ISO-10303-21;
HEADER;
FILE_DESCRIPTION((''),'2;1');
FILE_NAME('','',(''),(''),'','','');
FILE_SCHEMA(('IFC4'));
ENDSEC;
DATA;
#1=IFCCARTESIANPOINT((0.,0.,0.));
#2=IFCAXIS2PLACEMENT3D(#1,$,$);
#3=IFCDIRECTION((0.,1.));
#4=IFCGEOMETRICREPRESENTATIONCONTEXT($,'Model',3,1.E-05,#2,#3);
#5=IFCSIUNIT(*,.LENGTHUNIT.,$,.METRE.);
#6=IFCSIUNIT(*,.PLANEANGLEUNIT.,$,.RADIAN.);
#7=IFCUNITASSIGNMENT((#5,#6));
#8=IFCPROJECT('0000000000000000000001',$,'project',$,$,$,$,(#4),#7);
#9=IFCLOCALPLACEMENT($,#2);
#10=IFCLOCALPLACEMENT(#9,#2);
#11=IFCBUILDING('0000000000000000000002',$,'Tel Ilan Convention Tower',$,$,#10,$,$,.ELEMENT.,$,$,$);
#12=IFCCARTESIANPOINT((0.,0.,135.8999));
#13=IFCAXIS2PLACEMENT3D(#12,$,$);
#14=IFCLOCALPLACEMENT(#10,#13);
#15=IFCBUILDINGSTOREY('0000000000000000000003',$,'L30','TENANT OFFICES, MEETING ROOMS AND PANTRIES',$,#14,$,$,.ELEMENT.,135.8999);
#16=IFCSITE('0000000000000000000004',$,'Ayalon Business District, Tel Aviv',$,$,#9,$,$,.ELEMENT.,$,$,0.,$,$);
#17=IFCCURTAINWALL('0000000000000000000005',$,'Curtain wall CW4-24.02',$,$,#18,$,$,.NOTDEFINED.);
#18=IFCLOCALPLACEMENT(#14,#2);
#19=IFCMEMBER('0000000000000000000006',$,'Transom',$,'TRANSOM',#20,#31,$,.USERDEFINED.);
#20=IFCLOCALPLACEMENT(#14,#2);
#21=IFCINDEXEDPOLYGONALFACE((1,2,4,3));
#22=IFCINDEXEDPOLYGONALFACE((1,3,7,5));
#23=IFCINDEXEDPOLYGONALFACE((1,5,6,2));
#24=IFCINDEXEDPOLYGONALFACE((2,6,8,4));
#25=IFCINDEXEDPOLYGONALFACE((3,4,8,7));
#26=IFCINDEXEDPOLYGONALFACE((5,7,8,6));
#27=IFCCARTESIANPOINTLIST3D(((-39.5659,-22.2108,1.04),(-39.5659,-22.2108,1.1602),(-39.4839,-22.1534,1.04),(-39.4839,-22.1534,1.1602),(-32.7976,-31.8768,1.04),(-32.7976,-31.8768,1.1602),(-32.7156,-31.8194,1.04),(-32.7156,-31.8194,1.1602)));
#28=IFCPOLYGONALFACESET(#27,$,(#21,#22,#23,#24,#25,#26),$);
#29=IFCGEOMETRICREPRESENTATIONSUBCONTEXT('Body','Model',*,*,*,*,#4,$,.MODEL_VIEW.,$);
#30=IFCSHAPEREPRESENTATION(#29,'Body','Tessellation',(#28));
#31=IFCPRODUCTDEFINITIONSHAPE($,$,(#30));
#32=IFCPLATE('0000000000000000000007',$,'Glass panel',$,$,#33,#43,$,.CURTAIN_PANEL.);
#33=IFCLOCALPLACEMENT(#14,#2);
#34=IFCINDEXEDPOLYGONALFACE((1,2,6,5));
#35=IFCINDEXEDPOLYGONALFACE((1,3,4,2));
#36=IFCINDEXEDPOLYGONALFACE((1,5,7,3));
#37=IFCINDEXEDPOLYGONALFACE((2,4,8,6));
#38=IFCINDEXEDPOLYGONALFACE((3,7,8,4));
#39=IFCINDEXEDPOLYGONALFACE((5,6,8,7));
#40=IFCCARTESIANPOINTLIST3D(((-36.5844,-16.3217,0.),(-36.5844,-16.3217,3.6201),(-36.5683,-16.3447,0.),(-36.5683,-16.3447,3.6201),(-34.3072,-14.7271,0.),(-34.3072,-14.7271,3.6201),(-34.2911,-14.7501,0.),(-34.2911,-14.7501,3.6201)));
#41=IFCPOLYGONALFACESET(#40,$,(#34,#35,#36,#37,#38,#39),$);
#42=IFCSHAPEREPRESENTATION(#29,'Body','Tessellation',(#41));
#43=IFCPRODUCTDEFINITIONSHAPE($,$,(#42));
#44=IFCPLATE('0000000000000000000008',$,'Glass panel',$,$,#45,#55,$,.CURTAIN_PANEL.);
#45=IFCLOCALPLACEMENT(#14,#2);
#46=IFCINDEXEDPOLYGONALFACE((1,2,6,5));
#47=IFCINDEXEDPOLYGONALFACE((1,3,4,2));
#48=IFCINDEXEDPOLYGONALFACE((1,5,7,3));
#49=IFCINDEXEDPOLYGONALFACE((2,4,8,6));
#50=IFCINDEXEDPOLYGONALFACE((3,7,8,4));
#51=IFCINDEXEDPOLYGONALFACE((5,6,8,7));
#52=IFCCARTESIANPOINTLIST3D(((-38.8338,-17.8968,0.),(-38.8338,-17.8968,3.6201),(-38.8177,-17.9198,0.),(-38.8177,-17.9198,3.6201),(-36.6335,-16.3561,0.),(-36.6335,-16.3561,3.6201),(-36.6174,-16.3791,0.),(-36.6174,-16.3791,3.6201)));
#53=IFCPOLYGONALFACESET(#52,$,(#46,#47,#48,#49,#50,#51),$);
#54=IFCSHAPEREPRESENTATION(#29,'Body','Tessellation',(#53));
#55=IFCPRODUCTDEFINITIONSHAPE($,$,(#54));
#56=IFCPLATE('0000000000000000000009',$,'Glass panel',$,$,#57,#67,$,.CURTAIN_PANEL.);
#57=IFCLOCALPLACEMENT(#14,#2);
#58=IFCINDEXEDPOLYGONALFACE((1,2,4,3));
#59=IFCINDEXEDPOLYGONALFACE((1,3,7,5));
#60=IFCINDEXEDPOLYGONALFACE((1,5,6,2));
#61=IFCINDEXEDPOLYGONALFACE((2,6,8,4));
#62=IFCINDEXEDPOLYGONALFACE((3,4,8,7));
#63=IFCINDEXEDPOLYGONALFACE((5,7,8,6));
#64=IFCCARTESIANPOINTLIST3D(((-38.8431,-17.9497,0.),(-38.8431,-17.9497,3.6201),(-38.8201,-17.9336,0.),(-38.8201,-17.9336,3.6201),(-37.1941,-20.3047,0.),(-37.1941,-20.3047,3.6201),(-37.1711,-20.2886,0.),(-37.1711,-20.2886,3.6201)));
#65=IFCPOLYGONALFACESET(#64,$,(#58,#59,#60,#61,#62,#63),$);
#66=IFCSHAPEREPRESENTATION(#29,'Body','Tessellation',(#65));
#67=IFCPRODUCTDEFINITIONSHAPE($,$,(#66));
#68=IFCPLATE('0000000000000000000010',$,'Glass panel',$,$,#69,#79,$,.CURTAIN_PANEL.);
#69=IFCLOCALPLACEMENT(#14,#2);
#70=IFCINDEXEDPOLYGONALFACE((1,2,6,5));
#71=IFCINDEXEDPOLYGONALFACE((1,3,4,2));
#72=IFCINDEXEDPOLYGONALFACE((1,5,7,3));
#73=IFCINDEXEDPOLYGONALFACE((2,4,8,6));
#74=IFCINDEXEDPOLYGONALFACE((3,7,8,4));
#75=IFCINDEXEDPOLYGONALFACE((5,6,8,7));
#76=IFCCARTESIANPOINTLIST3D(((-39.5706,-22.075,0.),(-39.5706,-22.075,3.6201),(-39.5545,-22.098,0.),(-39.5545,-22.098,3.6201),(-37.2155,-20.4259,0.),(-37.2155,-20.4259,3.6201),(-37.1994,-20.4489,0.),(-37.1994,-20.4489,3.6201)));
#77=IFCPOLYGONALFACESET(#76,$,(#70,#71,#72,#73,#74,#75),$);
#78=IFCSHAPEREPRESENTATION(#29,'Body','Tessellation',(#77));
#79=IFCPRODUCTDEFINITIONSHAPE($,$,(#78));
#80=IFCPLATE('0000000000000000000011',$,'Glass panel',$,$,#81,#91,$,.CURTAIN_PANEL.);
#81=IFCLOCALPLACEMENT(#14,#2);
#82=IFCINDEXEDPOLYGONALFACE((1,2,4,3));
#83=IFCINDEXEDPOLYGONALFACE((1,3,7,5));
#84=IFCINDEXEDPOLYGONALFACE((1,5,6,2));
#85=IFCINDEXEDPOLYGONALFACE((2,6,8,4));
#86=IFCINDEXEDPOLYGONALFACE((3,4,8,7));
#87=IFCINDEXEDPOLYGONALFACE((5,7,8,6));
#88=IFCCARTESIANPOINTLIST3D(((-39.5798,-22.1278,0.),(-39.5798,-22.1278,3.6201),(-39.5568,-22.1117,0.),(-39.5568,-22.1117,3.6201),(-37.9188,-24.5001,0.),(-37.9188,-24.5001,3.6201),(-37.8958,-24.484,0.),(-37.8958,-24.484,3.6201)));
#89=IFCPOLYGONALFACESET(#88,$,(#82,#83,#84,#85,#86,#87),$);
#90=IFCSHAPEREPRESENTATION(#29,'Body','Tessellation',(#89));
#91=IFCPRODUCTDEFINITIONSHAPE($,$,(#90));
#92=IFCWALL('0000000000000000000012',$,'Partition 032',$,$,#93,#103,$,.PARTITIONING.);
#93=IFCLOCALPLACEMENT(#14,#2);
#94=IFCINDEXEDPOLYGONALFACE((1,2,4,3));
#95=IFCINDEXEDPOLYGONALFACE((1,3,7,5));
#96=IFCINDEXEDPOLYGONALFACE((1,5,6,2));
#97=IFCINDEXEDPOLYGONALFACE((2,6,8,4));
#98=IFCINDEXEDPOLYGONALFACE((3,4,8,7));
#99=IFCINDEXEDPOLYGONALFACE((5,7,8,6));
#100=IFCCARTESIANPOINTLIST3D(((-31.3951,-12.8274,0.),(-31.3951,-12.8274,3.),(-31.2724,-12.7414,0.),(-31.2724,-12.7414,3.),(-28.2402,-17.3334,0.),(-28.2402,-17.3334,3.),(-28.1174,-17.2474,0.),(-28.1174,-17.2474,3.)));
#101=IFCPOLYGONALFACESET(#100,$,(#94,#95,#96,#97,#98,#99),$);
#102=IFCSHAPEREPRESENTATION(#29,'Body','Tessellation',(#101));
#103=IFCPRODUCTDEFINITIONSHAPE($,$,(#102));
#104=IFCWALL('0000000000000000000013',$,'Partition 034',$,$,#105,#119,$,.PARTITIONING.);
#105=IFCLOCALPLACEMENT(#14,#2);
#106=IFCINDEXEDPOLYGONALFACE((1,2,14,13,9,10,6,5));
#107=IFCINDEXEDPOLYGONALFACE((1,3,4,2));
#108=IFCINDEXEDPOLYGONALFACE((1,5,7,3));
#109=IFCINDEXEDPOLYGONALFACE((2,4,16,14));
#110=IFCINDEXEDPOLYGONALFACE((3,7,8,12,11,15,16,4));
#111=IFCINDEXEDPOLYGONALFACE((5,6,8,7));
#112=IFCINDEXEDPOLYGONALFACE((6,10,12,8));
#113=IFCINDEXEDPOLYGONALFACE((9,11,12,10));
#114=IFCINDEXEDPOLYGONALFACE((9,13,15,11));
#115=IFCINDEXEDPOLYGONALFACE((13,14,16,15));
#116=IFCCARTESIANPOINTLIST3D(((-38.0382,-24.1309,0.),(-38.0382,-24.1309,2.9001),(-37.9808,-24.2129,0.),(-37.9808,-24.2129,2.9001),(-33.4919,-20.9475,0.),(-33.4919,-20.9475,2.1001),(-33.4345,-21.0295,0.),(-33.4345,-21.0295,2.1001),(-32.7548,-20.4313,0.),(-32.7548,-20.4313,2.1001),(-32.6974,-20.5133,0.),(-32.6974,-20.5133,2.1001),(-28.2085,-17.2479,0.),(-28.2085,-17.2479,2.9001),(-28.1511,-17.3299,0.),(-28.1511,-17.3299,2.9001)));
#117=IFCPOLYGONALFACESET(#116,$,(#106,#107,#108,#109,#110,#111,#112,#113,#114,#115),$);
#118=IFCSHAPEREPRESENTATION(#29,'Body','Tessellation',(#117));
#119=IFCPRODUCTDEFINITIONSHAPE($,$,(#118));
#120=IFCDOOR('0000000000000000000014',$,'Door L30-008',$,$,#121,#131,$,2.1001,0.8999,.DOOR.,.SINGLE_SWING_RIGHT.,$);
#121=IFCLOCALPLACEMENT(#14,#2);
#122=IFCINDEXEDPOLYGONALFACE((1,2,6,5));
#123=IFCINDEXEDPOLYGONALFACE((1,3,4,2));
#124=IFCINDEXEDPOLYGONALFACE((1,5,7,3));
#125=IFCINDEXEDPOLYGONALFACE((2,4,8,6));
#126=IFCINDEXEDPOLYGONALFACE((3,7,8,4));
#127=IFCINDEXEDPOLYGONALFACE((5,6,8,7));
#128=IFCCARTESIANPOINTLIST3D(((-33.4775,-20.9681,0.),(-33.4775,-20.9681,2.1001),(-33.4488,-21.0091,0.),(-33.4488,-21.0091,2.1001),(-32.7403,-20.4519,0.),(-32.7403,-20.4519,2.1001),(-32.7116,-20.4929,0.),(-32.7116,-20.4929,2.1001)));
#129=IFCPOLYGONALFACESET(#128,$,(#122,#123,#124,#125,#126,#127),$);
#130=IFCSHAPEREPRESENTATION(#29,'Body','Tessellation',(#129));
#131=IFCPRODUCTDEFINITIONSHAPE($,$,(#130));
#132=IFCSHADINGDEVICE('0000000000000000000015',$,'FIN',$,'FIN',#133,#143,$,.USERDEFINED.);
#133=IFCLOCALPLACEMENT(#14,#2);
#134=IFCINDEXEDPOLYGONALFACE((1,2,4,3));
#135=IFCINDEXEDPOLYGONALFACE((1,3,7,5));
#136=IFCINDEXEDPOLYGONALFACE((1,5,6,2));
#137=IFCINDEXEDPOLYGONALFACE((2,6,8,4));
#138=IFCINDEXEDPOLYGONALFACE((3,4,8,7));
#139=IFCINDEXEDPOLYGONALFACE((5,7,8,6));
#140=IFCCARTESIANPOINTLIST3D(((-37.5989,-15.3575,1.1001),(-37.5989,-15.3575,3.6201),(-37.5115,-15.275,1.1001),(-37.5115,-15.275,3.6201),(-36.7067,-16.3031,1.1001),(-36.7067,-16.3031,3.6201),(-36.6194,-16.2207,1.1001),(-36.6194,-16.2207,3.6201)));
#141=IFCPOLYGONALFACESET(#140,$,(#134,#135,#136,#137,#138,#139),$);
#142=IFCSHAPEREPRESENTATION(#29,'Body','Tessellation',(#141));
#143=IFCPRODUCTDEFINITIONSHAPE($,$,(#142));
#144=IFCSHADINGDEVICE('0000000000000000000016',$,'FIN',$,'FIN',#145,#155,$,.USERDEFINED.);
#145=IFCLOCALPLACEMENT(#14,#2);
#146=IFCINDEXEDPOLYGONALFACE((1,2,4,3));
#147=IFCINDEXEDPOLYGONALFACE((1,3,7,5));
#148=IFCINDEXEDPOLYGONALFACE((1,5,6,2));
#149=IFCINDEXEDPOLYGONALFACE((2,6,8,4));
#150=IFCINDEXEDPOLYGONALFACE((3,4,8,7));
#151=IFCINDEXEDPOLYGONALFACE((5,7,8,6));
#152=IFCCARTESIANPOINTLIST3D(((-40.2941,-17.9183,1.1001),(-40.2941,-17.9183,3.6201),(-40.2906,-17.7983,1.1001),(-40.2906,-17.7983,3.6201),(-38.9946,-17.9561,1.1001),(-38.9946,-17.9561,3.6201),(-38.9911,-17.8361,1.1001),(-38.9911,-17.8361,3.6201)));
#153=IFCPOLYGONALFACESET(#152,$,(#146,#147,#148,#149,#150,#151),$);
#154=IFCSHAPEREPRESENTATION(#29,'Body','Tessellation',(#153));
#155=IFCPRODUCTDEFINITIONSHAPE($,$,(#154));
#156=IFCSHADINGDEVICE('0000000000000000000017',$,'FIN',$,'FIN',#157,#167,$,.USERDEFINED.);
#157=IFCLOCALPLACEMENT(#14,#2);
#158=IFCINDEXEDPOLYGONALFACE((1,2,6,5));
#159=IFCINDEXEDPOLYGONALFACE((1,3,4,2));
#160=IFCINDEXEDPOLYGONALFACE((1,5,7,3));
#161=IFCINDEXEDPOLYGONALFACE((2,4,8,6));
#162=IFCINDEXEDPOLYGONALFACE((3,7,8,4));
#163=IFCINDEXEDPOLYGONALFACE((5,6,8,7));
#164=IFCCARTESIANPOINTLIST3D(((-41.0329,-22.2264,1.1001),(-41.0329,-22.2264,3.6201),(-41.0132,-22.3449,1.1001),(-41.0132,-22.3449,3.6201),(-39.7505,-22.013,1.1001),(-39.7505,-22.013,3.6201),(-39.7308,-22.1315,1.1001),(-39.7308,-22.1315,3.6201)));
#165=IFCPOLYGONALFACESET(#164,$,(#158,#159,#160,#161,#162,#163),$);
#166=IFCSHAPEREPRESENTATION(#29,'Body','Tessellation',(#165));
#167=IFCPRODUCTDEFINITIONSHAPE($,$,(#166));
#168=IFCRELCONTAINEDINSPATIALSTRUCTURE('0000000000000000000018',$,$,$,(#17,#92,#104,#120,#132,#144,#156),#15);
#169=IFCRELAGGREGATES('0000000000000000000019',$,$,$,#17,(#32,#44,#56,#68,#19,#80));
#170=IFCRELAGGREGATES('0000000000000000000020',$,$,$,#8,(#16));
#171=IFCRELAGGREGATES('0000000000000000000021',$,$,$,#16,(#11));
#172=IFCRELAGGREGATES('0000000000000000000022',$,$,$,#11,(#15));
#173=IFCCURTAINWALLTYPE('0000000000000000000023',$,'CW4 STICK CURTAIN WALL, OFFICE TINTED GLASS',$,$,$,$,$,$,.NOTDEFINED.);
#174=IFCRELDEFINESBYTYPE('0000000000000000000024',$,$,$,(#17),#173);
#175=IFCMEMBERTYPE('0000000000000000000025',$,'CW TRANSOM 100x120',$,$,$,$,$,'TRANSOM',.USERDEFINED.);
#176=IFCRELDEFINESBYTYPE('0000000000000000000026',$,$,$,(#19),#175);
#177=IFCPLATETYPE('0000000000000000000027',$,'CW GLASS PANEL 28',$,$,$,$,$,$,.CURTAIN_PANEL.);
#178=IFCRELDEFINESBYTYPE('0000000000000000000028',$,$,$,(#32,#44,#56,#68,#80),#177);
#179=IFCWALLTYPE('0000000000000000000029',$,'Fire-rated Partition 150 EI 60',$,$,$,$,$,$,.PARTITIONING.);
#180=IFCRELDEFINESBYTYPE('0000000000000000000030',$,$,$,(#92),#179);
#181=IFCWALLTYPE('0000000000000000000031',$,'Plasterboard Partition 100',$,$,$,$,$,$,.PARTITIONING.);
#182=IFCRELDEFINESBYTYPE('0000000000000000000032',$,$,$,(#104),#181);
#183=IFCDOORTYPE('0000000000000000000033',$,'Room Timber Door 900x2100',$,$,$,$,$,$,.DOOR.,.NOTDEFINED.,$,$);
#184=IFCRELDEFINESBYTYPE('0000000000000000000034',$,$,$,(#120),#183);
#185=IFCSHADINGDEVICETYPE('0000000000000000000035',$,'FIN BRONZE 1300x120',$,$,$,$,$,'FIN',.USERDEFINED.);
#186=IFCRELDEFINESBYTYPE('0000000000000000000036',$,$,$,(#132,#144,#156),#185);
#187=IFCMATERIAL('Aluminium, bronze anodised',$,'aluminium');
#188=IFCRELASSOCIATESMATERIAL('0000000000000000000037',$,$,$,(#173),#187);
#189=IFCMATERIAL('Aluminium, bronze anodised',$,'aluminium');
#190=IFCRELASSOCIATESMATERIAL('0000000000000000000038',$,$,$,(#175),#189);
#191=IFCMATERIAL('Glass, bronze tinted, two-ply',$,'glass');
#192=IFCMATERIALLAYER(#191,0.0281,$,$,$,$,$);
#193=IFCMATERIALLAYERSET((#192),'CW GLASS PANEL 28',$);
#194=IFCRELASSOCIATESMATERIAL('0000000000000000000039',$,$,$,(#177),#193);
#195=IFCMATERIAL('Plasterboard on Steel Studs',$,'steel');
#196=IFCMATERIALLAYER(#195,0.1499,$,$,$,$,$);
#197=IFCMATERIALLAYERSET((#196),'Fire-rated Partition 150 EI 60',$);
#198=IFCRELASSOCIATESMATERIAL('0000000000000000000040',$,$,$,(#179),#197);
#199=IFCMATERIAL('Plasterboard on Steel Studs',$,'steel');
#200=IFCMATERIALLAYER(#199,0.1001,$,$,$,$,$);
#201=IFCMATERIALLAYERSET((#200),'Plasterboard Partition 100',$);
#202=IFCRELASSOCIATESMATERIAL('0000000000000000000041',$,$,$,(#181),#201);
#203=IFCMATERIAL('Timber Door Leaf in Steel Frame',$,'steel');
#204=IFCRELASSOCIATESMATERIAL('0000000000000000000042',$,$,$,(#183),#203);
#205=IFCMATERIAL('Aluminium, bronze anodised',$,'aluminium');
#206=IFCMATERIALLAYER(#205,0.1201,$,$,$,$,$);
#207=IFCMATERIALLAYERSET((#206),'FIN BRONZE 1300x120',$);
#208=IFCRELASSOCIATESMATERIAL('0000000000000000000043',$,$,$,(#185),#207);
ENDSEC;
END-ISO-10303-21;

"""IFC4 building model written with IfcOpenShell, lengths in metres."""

from ifc_helpers import new_model, si_unit, direction, frame, frame_2d, origin, origin_2d, place, context, subcontext, project, spatial, rectangle, extrude, material, layer, layer_set, material_profile, profile_set, type_object, element, fill, aggregate, save


model = new_model("IFC4")

# Units and contexts
model_context = context("Model", 3, precision=1e-05, world=origin(), true_north=direction((0.0, 1.0)))
body_context = subcontext(model_context, "Body", "Model", "MODEL_VIEW")
ifc_project = project(units=[si_unit("LENGTHUNIT", "METRE"), si_unit("PLANEANGLEUNIT", "RADIAN")], contexts=[model_context])

# Site, building, storey
site_placement = place(None, origin())
site = spatial("IfcSite", under=ifc_project, at=site_placement, Name="Ayalon Business District, Tel Aviv", CompositionType="ELEMENT", RefElevation=0.0)
building_placement = place(site_placement, origin())
building = spatial("IfcBuilding", under=site, at=building_placement, Name="Tel Ilan Convention Tower", CompositionType="ELEMENT")
storey_placement = place(building_placement, frame((0.0, 0.0, 135.8999)))
storey = spatial("IfcBuildingStorey", under=building, at=storey_placement, Name="L30", Description="TENANT OFFICES, MEETING ROOMS AND PANTRIES", CompositionType="ELEMENT", Elevation=135.8999)

# Curtain wall, member, plates
ifc_material_1 = material(Name="Aluminium, bronze anodised", Category="aluminium")
curtain_wall_type = type_object("IfcCurtainWallType", Name="CW4 STICK CURTAIN WALL, OFFICE TINTED GLASS", PredefinedType="NOTDEFINED", material=ifc_material_1)
curtain_wall_placement = place(storey_placement, origin())
curtain_wall = element("IfcCurtainWall", 1, at=curtain_wall_placement, inside=storey, type_object=curtain_wall_type, Name="Curtain wall CW4-24.02", PredefinedType="NOTDEFINED")
ifc_material_2 = material(Name="Aluminium, bronze anodised", Category="aluminium")
ifc_material_profile_1 = material_profile(ifc_material_2, rectangle(XDim=0.1001, YDim=0.1201, at=origin_2d()), Name="CW TRANSOM 100x120")
ifc_profile_set_1 = profile_set([ifc_material_profile_1], Name="Aluminium, bronze anodised")
member_type_1 = type_object("IfcMemberType", Name="CW TRANSOM 100x120", ElementType="TRANSOM", PredefinedType="USERDEFINED", material=ifc_profile_set_1)
member_1_placement = place(storey_placement, frame((-39.5249, -22.1821, 1.1001), z_axis=(0.573582, -0.819148, 0.0), x_axis=(0.819148, 0.573582, 0.0)))
member_1 = element("IfcMember", 2, at=member_1_placement, type_object=member_type_1, Name="Transom", ObjectType="TRANSOM", PredefinedType="USERDEFINED", context=body_context, shape_type="SweptSolid", body=[
    extrude(rectangle(XDim=0.1001, YDim=0.1201, at=origin_2d()), origin(), (0.0, 0.0, 1.0), 11.8),
])
ifc_material_3 = material(Name="Glass, bronze tinted, two-ply", Category="glass")
ifc_layer_1 = layer(ifc_material_3, 0.0281)
ifc_layer_set_1 = layer_set([ifc_layer_1], Name="CW GLASS PANEL 28")
plate_type = type_object("IfcPlateType", Name="CW GLASS PANEL 28", PredefinedType="CURTAIN_PANEL", material=ifc_layer_set_1)
plate_1_placement = place(storey_placement, frame((-35.4377, -15.5359, 0.0), z_axis=(0.0, 0.0, 1.0), x_axis=(-0.819152, -0.573576, 0.0)))
plate_1 = element("IfcPlate", 3, at=plate_1_placement, type_object=plate_type, Name="Glass panel", PredefinedType="CURTAIN_PANEL", context=body_context, shape_type="SweptSolid", body=[
    extrude(rectangle(XDim=2.78, YDim=0.0281, at=origin_2d()), origin(), (0.0, 0.0, 1.0), 3.6201),
])
plate_2_placement = place(storey_placement, frame((-37.7256, -17.1379, 0.0), z_axis=(0.0, 0.0, 1.0), x_axis=(-0.819152, -0.573576, 0.0)))
plate_2 = element("IfcPlate", 4, at=plate_2_placement, type_object=plate_type, Name="Glass panel", PredefinedType="CURTAIN_PANEL", context=body_context, shape_type="SweptSolid", body=[
    extrude(rectangle(XDim=2.686, YDim=0.0281, at=origin_2d()), origin(), (0.0, 0.0, 1.0), 3.6201),
])
plate_3_placement = place(storey_placement, frame((-38.0071, -19.1191, 0.0), z_axis=(0.0, 0.0, 1.0), x_axis=(0.573576, -0.819152, 0.0)))
plate_3 = element("IfcPlate", 5, at=plate_3_placement, type_object=plate_type, Name="Glass panel", PredefinedType="CURTAIN_PANEL", context=body_context, shape_type="SweptSolid", body=[
    extrude(rectangle(XDim=2.875, YDim=0.0281, at=origin_2d()), origin(), (0.0, 0.0, 1.0), 3.6201),
])
plate_4_placement = place(storey_placement, frame((-38.385, -21.262, 0.0), z_axis=(0.0, 0.0, 1.0), x_axis=(-0.819152, -0.573576, 0.0)))
plate_4 = element("IfcPlate", 6, at=plate_4_placement, type_object=plate_type, Name="Glass panel", PredefinedType="CURTAIN_PANEL", context=body_context, shape_type="SweptSolid", body=[
    extrude(rectangle(XDim=2.875, YDim=0.0281, at=origin_2d()), origin(), (0.0, 0.0, 1.0), 3.6201),
])
plate_5_placement = place(storey_placement, frame((-38.7378, -23.3059, 0.0), z_axis=(0.0, 0.0, 1.0), x_axis=(0.573576, -0.819152, 0.0)))
plate_5 = element("IfcPlate", 7, at=plate_5_placement, type_object=plate_type, Name="Glass panel", PredefinedType="CURTAIN_PANEL", context=body_context, shape_type="SweptSolid", body=[
    extrude(rectangle(XDim=2.896, YDim=0.0281, at=origin_2d()), origin(), (0.0, 0.0, 1.0), 3.6201),
])
aggregate(curtain_wall, [plate_1, plate_2, plate_3, plate_4, member_1, plate_5])

# Wall
ifc_material_4 = material(Name="Plasterboard on Steel Studs", Category="steel")
ifc_layer_2 = layer(ifc_material_4, 0.1499)
ifc_layer_set_2 = layer_set([ifc_layer_2], Name="Fire-rated Partition 150 EI 60")
wall_type_1 = type_object("IfcWallType", Name="Fire-rated Partition 150 EI 60", PredefinedType="PARTITIONING", material=ifc_layer_set_2)
wall_1_placement = place(storey_placement, frame((-28.1787, -17.2905, 0.0), z_axis=(0.0, 0.0, 1.0), x_axis=(-0.573555, 0.819167, 0.0)))
element("IfcWall", 8, at=wall_1_placement, inside=storey, type_object=wall_type_1, Name="Partition 032", PredefinedType="PARTITIONING", context=body_context, shape_type="SweptSolid", body=[
    extrude(rectangle(XDim=5.5007, YDim=0.1499, at=frame_2d((2.7505, 0.0))), origin(), (0.0, 0.0, 1.0), 3.0),
])

# Wall, opening, door
ifc_material_5 = material(Name="Plasterboard on Steel Studs", Category="steel")
ifc_layer_3 = layer(ifc_material_5, 0.1001)
ifc_layer_set_3 = layer_set([ifc_layer_3], Name="Plasterboard Partition 100")
wall_type_2 = type_object("IfcWallType", Name="Plasterboard Partition 100", PredefinedType="PARTITIONING", material=ifc_layer_set_3)
wall_2_placement = place(storey_placement, frame((-38.0095, -24.1719, 0.0), z_axis=(0.0, 0.0, 1.0), x_axis=(0.819147, 0.573584, 0.0)))
wall_2 = element("IfcWall", 9, at=wall_2_placement, inside=storey, type_object=wall_type_2, Name="Partition 034", PredefinedType="PARTITIONING", context=body_context, shape_type="SweptSolid", body=[
    extrude(rectangle(XDim=12.0, YDim=0.1001, at=frame_2d((6.0, 0.0))), origin(), (0.0, 0.0, 1.0), 2.9001),
])
opening_placement = place(wall_2_placement, frame((5.55, 0.0, 0.0)))
opening = element("IfcOpeningElement", 10, at=opening_placement, cuts=wall_2, PredefinedType="OPENING", context=body_context, shape_type="SweptSolid", body=[
    extrude(rectangle(XDim=0.8999, YDim=2.1001, at=frame_2d((0.45, 1.05))), frame((0.0, 0.0601, 0.0), z_axis=(0.0, -1.0, 0.0), x_axis=(1.0, 0.0, 0.0)), (0.0, 0.0, 1.0), 0.1201),
])
ifc_material_6 = material(Name="Timber Door Leaf in Steel Frame", Category="steel")
door_type = type_object("IfcDoorType", Name="Room Timber Door 900x2100", OperationType="NOTDEFINED", PredefinedType="DOOR", material=ifc_material_6)
door_placement = place(opening_placement, origin())
door = element("IfcDoor", 11, at=door_placement, inside=storey, type_object=door_type, Name="Door L30-008", OperationType="SINGLE_SWING_RIGHT", OverallHeight=2.1001, OverallWidth=0.8999, PredefinedType="DOOR", context=body_context, shape_type="SweptSolid", body=[
    extrude(rectangle(XDim=0.8999, YDim=2.1001, at=frame_2d((0.45, 1.05))), frame((0.0, 0.0249, 0.0), z_axis=(0.0, -1.0, 0.0), x_axis=(1.0, 0.0, 0.0)), (0.0, 0.0, 1.0), 0.05),
])
fill(opening, door)

# Shading devices
ifc_material_7 = material(Name="Aluminium, bronze anodised", Category="aluminium")
ifc_layer_4 = layer(ifc_material_7, 0.1201)
ifc_layer_set_4 = layer_set([ifc_layer_4], Name="FIN BRONZE 1300x120")
shading_device_type = type_object("IfcShadingDeviceType", Name="FIN BRONZE 1300x120", ElementType="FIN", PredefinedType="USERDEFINED", material=ifc_layer_set_4)
for number, where, z_axis, x_axis, name in (
    (12, (-37.1091, -15.7891, 1.1001), (0.0, 0.0, 1.0), (-0.686242, 0.727374, 0.0), "FIN"),
    (13, (-39.6426, -17.8772, 1.1001), (0.0, 0.0, 1.0), (-0.999577, 0.029085, 0.0), "FIN"),
    (14, (-40.3818, -22.179, 1.1001), (0.0, 0.0, 1.0), (-0.986445, -0.164091, 0.0), "FIN"),
):
    element("IfcShadingDevice", number, at=place(storey_placement, frame(where, z_axis=z_axis, x_axis=x_axis)), inside=storey, type_object=shading_device_type, Name=name, ObjectType="FIN", PredefinedType="USERDEFINED", context=body_context, shape_type="SweptSolid", body=[
        extrude(rectangle(XDim=1.3, YDim=0.1201, at=origin_2d()), origin(), (0.0, 0.0, 1.0), 2.52),
    ])

save(model, "model.ifc")
